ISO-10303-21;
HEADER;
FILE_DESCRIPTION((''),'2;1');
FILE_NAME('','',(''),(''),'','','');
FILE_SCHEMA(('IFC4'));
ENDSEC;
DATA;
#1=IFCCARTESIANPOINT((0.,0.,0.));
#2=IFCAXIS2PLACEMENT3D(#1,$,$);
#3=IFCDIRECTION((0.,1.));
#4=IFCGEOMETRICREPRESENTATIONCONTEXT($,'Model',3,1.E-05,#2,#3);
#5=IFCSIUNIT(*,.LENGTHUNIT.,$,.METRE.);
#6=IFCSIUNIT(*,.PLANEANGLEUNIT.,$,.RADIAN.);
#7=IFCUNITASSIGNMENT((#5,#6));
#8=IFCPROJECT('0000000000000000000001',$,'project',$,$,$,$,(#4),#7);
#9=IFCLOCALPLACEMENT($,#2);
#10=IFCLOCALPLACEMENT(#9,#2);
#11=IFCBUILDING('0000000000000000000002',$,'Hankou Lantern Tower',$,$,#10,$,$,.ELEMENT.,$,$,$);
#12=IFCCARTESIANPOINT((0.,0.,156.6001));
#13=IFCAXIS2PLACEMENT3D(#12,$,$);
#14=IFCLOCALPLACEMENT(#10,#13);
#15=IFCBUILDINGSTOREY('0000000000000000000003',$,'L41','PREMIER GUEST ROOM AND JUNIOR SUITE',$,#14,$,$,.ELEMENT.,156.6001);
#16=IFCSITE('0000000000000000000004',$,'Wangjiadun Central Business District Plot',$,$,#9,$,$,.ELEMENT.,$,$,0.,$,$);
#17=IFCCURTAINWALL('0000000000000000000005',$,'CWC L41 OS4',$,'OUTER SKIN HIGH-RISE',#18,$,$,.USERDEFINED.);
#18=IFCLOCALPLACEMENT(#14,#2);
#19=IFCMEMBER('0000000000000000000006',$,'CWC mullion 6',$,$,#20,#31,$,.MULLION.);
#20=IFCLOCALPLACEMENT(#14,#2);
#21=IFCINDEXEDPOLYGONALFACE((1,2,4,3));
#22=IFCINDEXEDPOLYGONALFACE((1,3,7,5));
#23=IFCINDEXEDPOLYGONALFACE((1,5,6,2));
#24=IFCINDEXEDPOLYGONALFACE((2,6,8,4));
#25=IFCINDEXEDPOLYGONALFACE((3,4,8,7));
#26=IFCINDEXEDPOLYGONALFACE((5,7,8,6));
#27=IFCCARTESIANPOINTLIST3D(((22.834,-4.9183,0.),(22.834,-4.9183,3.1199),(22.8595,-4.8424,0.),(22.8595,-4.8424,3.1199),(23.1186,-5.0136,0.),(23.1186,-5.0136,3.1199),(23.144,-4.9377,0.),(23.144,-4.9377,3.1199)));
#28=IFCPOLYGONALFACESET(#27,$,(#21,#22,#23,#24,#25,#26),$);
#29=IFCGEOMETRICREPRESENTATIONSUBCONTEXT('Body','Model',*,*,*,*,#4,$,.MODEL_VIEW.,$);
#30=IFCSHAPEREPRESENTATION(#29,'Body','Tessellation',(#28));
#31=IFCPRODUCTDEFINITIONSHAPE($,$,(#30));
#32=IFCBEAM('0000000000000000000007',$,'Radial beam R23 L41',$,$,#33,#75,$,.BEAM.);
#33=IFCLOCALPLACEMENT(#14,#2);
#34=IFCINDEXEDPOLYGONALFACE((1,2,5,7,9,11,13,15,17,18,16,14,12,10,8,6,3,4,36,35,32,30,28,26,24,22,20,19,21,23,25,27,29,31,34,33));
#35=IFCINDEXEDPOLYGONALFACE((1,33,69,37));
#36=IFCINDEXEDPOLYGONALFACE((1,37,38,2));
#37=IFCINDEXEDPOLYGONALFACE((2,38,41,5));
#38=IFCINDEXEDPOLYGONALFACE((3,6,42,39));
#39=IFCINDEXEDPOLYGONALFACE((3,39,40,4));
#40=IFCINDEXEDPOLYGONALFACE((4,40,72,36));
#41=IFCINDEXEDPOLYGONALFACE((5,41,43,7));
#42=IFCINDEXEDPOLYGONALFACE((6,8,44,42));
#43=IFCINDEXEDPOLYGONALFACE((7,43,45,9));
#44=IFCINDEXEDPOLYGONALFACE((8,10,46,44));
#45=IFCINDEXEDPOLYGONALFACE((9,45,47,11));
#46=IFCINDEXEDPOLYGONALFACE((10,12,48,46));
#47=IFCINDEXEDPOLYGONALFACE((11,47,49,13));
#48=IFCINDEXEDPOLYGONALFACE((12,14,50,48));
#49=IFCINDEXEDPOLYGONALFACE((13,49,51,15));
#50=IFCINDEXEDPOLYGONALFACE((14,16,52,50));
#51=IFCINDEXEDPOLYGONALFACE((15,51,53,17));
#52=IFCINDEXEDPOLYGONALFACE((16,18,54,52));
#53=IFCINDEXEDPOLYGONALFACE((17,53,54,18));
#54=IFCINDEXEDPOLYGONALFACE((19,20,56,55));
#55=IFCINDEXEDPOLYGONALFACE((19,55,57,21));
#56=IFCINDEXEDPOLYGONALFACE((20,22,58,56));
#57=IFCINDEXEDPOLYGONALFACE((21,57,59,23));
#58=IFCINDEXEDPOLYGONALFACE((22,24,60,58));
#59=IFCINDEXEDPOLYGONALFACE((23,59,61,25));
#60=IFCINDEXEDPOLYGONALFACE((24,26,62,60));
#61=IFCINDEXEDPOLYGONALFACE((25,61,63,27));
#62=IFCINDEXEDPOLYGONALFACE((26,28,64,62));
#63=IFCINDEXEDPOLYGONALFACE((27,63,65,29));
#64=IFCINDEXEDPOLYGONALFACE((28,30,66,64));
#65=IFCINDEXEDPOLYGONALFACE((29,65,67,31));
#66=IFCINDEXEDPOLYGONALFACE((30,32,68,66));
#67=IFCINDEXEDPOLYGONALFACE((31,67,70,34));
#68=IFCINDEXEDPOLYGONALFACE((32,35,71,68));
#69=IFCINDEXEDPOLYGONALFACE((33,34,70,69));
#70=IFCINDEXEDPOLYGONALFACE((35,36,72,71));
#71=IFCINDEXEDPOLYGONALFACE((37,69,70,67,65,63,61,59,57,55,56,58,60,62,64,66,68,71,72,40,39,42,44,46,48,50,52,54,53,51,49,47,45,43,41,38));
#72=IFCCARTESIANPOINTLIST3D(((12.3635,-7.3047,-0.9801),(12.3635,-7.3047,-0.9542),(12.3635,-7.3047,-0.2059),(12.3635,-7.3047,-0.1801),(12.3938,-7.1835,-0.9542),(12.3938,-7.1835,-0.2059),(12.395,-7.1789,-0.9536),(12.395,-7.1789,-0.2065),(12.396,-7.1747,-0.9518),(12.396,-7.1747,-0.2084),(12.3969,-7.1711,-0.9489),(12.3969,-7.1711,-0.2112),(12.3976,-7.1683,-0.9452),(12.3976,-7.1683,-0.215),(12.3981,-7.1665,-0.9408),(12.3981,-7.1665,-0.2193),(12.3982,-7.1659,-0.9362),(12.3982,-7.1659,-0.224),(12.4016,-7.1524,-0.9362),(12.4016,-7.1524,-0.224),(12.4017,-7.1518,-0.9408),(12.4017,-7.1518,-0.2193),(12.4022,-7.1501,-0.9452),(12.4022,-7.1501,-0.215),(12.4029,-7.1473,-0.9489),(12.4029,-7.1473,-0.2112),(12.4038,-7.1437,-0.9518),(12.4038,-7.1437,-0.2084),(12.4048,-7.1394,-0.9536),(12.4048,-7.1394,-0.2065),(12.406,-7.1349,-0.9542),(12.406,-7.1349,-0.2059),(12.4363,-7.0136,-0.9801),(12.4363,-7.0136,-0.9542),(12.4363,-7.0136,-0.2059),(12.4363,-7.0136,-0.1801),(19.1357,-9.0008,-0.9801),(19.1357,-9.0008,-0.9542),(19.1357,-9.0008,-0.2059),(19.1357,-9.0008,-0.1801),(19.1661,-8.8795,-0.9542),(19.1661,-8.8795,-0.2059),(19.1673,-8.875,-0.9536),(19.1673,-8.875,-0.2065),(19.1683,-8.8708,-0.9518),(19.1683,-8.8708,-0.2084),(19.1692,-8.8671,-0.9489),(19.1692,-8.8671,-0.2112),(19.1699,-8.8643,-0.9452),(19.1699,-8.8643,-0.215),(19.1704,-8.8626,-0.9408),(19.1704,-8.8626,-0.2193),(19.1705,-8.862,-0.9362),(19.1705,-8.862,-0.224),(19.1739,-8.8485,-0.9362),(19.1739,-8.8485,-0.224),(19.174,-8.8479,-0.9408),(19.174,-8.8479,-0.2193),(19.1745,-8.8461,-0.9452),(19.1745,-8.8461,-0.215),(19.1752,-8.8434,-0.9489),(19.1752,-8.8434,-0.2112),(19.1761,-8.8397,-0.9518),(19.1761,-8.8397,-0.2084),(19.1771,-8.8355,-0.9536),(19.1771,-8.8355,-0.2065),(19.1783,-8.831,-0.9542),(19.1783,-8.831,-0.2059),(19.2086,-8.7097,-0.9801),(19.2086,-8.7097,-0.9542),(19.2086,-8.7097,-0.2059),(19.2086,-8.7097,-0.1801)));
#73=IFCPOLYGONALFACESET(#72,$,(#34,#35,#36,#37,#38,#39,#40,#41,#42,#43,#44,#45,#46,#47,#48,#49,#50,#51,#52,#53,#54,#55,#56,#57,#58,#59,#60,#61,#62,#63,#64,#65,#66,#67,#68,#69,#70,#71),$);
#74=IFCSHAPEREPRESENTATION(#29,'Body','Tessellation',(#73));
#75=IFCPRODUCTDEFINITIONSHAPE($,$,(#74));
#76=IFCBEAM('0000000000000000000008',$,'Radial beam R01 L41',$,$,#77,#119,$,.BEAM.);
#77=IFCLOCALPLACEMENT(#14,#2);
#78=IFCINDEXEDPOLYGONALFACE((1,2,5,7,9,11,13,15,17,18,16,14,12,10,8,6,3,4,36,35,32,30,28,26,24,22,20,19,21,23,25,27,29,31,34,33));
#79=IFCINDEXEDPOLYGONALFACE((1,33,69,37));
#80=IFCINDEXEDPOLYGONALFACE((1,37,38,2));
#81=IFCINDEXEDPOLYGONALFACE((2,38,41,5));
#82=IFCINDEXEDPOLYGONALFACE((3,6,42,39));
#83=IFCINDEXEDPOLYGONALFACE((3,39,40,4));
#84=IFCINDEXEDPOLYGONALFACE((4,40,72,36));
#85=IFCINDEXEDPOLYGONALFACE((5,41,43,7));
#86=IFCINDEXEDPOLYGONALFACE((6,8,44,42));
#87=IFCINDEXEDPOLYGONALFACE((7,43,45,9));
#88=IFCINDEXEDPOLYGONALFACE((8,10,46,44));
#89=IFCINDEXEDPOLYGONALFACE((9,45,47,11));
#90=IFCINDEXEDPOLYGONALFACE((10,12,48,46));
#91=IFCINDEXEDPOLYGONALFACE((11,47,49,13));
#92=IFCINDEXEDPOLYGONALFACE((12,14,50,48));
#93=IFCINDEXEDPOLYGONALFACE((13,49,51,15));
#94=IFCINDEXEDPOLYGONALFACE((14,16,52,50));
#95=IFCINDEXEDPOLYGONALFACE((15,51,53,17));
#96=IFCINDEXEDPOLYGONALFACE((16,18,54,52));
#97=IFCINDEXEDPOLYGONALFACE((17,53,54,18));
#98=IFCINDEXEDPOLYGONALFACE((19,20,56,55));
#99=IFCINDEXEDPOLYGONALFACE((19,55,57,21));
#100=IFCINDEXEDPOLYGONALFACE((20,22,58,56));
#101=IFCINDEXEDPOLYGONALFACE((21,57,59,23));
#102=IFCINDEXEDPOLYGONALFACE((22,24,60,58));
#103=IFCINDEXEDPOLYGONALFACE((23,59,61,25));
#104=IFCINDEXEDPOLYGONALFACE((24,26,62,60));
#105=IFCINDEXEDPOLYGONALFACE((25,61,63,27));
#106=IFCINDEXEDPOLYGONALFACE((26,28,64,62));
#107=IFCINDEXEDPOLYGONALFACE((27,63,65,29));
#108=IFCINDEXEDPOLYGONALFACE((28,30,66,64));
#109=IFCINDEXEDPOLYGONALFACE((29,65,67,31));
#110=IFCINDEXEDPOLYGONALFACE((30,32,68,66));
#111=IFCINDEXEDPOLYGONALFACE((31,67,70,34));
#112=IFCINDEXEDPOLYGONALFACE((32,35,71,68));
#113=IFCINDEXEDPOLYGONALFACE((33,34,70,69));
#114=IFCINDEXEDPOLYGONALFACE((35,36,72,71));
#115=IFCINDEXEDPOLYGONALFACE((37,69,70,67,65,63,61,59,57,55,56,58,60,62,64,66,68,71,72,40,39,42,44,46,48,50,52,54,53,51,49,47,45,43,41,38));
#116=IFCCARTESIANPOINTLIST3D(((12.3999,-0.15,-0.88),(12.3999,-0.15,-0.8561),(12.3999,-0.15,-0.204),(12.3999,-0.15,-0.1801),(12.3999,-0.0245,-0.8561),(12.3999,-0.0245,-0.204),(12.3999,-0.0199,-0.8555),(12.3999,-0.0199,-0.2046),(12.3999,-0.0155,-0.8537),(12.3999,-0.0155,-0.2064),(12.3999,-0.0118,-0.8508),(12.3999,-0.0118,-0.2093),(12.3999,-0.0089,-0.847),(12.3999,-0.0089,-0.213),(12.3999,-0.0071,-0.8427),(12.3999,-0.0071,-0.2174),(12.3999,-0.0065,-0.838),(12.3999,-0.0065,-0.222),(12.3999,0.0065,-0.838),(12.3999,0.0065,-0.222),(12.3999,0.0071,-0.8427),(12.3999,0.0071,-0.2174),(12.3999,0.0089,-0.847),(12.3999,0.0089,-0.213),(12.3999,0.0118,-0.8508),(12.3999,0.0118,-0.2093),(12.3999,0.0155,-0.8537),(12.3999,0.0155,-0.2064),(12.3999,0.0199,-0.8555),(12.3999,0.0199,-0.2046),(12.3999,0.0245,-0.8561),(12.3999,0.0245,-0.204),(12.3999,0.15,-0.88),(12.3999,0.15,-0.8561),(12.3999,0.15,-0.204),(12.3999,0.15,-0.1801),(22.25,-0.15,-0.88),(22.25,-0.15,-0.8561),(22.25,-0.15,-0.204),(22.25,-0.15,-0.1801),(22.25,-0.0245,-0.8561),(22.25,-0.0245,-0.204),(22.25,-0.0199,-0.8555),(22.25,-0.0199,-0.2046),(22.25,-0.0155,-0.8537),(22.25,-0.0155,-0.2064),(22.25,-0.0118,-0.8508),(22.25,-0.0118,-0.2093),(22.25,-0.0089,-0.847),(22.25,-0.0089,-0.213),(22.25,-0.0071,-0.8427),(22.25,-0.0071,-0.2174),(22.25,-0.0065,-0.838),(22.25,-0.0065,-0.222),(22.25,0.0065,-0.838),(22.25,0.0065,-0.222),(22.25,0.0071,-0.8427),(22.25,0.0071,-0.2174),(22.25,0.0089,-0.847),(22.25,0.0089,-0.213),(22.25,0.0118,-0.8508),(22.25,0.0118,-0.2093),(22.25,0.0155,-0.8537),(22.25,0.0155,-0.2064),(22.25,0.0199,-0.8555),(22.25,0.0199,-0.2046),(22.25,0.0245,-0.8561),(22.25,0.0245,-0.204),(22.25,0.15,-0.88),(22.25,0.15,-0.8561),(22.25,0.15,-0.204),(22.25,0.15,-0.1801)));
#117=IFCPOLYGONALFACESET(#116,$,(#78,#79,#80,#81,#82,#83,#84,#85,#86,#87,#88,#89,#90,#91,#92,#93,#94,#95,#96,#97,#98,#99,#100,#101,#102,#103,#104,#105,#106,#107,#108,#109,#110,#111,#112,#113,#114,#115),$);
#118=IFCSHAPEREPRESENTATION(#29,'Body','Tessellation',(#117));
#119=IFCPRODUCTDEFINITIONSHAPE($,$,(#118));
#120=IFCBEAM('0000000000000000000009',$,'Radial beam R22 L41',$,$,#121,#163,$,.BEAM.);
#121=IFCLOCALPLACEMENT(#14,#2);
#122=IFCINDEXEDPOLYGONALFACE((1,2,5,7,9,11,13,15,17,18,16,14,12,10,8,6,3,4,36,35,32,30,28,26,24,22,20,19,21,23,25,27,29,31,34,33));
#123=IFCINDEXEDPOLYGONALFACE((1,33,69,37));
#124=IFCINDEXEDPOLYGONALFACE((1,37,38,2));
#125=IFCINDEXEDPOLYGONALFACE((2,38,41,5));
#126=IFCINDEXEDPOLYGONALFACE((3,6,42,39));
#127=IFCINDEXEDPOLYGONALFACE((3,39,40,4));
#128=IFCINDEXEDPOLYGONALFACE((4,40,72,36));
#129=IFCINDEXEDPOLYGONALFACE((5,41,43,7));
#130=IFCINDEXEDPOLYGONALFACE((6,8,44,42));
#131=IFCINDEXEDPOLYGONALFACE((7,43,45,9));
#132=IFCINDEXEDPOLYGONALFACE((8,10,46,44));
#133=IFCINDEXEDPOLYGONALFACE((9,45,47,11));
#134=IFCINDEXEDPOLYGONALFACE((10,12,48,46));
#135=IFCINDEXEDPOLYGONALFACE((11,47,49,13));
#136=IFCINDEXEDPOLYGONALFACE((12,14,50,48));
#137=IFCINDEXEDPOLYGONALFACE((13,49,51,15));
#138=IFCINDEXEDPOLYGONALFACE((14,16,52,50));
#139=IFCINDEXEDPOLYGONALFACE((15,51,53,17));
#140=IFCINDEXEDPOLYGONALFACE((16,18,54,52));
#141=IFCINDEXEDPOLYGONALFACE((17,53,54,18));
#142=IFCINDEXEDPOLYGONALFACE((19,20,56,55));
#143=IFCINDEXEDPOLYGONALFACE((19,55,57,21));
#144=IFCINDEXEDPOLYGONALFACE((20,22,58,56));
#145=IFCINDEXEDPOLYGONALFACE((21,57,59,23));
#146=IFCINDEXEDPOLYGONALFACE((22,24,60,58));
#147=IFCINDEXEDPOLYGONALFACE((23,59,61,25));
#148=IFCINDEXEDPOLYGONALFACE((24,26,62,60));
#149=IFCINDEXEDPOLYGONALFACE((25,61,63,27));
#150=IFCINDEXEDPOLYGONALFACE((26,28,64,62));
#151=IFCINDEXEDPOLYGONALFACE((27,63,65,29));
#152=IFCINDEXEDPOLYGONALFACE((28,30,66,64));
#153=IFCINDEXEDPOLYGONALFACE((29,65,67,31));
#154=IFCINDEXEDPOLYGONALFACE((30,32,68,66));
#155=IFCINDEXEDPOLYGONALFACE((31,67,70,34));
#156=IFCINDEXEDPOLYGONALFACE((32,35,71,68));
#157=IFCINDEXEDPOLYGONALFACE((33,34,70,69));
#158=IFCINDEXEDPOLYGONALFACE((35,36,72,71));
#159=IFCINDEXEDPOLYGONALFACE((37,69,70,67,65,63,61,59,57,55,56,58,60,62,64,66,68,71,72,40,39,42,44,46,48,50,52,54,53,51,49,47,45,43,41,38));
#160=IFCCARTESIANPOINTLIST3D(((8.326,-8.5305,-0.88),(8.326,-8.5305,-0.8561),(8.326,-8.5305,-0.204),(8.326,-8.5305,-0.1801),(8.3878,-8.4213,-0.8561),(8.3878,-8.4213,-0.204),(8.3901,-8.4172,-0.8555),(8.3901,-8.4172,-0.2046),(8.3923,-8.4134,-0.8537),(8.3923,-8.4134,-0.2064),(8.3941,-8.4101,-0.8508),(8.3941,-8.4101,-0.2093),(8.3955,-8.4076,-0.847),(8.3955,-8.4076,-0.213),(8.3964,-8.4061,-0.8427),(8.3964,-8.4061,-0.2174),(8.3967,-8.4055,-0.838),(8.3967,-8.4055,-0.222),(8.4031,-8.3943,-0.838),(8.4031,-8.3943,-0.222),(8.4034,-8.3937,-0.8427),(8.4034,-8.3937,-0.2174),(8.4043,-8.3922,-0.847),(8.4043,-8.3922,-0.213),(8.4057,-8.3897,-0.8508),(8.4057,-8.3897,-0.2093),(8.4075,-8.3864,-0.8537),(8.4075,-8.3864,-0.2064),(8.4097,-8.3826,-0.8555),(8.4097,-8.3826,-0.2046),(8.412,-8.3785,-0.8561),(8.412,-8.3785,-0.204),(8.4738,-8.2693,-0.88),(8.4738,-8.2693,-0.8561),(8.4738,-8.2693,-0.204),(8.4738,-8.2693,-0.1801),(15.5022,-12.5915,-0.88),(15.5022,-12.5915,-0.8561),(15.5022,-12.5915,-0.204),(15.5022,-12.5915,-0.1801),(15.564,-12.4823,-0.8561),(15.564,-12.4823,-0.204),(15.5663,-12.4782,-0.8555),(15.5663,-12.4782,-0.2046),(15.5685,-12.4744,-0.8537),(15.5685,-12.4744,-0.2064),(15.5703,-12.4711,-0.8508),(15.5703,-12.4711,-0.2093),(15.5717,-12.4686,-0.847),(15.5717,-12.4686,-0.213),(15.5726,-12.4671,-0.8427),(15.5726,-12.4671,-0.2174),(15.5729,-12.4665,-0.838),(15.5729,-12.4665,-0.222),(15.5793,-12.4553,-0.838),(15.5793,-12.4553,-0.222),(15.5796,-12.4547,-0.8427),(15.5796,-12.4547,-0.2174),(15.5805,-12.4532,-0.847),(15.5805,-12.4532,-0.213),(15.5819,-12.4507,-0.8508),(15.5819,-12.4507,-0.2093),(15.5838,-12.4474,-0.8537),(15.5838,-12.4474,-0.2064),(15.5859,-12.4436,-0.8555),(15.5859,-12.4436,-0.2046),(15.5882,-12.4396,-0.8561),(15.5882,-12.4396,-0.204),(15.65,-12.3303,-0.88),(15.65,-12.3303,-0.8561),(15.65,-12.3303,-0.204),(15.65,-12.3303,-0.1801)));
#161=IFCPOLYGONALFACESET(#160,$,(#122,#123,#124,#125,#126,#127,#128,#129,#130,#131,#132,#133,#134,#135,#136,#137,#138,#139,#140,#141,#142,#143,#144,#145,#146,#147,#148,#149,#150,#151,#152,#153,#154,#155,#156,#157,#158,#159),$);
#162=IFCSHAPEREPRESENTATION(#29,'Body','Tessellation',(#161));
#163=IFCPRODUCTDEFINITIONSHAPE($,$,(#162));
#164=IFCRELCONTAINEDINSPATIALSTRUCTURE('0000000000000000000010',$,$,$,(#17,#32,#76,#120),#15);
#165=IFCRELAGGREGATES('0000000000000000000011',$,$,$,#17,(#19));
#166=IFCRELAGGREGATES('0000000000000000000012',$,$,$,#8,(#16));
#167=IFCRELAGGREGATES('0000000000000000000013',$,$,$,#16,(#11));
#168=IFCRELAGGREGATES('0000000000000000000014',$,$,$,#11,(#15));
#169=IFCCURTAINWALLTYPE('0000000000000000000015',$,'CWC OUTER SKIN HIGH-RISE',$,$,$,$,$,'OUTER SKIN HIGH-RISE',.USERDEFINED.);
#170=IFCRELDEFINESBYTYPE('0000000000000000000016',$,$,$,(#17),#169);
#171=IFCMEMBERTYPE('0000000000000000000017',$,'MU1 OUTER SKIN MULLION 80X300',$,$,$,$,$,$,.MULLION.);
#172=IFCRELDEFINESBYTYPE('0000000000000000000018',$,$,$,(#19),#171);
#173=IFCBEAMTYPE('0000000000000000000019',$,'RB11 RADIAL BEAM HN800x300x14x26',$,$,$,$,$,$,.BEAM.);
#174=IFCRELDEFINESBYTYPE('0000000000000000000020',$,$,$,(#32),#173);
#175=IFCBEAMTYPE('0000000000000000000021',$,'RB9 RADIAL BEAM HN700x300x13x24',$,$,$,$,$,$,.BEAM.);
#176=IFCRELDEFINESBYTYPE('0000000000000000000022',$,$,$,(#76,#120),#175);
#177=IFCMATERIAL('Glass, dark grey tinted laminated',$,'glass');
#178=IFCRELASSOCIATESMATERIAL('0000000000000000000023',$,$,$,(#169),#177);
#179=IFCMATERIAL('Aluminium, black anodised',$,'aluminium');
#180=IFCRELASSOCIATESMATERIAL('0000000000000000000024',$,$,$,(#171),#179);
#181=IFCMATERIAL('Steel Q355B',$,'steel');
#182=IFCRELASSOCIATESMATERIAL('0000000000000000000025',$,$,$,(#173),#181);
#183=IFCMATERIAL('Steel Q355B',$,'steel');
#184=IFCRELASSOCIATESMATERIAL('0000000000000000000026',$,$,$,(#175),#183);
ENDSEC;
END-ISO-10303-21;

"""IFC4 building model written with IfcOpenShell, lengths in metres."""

from ifc_helpers import new_model, si_unit, direction, frame, origin, origin_2d, place, context, subcontext, project, spatial, rectangle, i_section, extrude, material, material_profile, profile_set, type_object, element, aggregate, save


model = new_model("IFC4")

# Units and contexts
model_context = context("Model", 3, precision=1e-05, world=origin(), true_north=direction((0.0, 1.0)))
body_context = subcontext(model_context, "Body", "Model", "MODEL_VIEW")
ifc_project = project(units=[si_unit("LENGTHUNIT", "METRE"), si_unit("PLANEANGLEUNIT", "RADIAN")], contexts=[model_context])

# Site, building, storey
site_placement = place(None, origin())
site = spatial("IfcSite", under=ifc_project, at=site_placement, Name="Wangjiadun Central Business District Plot", CompositionType="ELEMENT", RefElevation=0.0)
building_placement = place(site_placement, origin())
building = spatial("IfcBuilding", under=site, at=building_placement, Name="Hankou Lantern Tower", CompositionType="ELEMENT")
storey_placement = place(building_placement, frame((0.0, 0.0, 156.6001)))
storey = spatial("IfcBuildingStorey", under=building, at=storey_placement, Name="L41", Description="PREMIER GUEST ROOM AND JUNIOR SUITE", CompositionType="ELEMENT", Elevation=156.6001)

# Curtain wall, member
ifc_material_1 = material(Name="Glass, dark grey tinted laminated", Category="glass")
curtain_wall_type = type_object("IfcCurtainWallType", Name="CWC OUTER SKIN HIGH-RISE", ElementType="OUTER SKIN HIGH-RISE", PredefinedType="USERDEFINED", material=ifc_material_1)
curtain_wall_placement = place(storey_placement, origin())
curtain_wall = element("IfcCurtainWall", 1, at=curtain_wall_placement, inside=storey, type_object=curtain_wall_type, Name="CWC L41 OS4", ObjectType="OUTER SKIN HIGH-RISE", PredefinedType="USERDEFINED")
ifc_material_2 = material(Name="Aluminium, black anodised", Category="aluminium")
ifc_material_profile_1 = material_profile(ifc_material_2, rectangle(XDim=0.0801, YDim=0.3, at=origin_2d()), Name="MU1 80X300")
ifc_profile_set_1 = profile_set([ifc_material_profile_1], Name="Aluminium, black anodised")
member_type_1 = type_object("IfcMemberType", Name="MU1 OUTER SKIN MULLION 80X300", PredefinedType="MULLION", material=ifc_profile_set_1)
member_1_placement = place(storey_placement, frame((22.989, -4.928, 0.0), z_axis=(0.0, 0.0, 1.0), x_axis=(0.317596, 0.948226, 0.0)))
member_1 = element("IfcMember", 2, at=member_1_placement, type_object=member_type_1, Name="CWC mullion 6", PredefinedType="MULLION", context=body_context, shape_type="SweptSolid", body=[
    extrude(rectangle(XDim=0.0801, YDim=0.3, at=origin_2d()), origin(), (0.0, 0.0, 1.0), 3.1199),
])

# Beams
ifc_material_3 = material(Name="Steel Q355B", Category="steel")
ifc_material_profile_2 = material_profile(ifc_material_3, i_section(OverallWidth=0.3, OverallDepth=0.8, WebThickness=0.0139, FlangeThickness=0.0259, FilletRadius=0.0181, at=origin_2d()), Name="HN800x300x14x26")
ifc_profile_set_2 = profile_set([ifc_material_profile_2], Name="Steel Q355B")
beam_type_1 = type_object("IfcBeamType", Name="RB11 RADIAL BEAM HN800x300x14x26", PredefinedType="BEAM", material=ifc_profile_set_2)
beam_1_placement = place(storey_placement, frame((12.3999, -7.1592, -0.5801), z_axis=(0.970042, -0.242939, 0.0), x_axis=(0.242939, 0.970042, 0.0)))
element("IfcBeam", 3, at=beam_1_placement, inside=storey, type_object=beam_type_1, Name="Radial beam R23 L41", PredefinedType="BEAM", context=body_context, shape_type="SweptSolid", body=[
    extrude(i_section(OverallWidth=0.3, OverallDepth=0.8, WebThickness=0.0139, FlangeThickness=0.0259, FilletRadius=0.0181, at=origin_2d()), origin(), (0.0, 0.0, 1.0), 6.9814),
])
ifc_material_4 = material(Name="Steel Q355B", Category="steel")
ifc_material_profile_3 = material_profile(ifc_material_4, i_section(OverallWidth=0.3, OverallDepth=0.7, WebThickness=0.0129, FlangeThickness=0.0239, FilletRadius=0.0181, at=origin_2d()), Name="HN700x300x13x24")
ifc_profile_set_3 = profile_set([ifc_material_profile_3], Name="Steel Q355B")
beam_type_2 = type_object("IfcBeamType", Name="RB9 RADIAL BEAM HN700x300x13x24", PredefinedType="BEAM", material=ifc_profile_set_3)
beam_2_placement = place(storey_placement, frame((12.3999, 0.0, -0.53), z_axis=(1.0, 0.0, 0.0), x_axis=(0.0, 1.0, 0.0)))
element("IfcBeam", 4, at=beam_2_placement, inside=storey, type_object=beam_type_2, Name="Radial beam R01 L41", PredefinedType="BEAM", context=body_context, shape_type="SweptSolid", body=[
    extrude(i_section(OverallWidth=0.3, OverallDepth=0.7, WebThickness=0.0129, FlangeThickness=0.0239, FilletRadius=0.0181, at=origin_2d()), origin(), (0.0, 0.0, 1.0), 9.8501),
])
beam_3_placement = place(storey_placement, frame((8.3999, -8.3999, -0.53), z_axis=(0.870309, -0.492506, 0.0), x_axis=(0.492506, 0.870309, 0.0)))
element("IfcBeam", 5, at=beam_3_placement, inside=storey, type_object=beam_type_2, Name="Radial beam R22 L41", PredefinedType="BEAM", context=body_context, shape_type="SweptSolid", body=[
    extrude(i_section(OverallWidth=0.3, OverallDepth=0.7, WebThickness=0.0129, FlangeThickness=0.0239, FilletRadius=0.0181, at=origin_2d()), origin(), (0.0, 0.0, 1.0), 8.2456),
])

aggregate(curtain_wall, [member_1])

save(model, "model.ifc")
